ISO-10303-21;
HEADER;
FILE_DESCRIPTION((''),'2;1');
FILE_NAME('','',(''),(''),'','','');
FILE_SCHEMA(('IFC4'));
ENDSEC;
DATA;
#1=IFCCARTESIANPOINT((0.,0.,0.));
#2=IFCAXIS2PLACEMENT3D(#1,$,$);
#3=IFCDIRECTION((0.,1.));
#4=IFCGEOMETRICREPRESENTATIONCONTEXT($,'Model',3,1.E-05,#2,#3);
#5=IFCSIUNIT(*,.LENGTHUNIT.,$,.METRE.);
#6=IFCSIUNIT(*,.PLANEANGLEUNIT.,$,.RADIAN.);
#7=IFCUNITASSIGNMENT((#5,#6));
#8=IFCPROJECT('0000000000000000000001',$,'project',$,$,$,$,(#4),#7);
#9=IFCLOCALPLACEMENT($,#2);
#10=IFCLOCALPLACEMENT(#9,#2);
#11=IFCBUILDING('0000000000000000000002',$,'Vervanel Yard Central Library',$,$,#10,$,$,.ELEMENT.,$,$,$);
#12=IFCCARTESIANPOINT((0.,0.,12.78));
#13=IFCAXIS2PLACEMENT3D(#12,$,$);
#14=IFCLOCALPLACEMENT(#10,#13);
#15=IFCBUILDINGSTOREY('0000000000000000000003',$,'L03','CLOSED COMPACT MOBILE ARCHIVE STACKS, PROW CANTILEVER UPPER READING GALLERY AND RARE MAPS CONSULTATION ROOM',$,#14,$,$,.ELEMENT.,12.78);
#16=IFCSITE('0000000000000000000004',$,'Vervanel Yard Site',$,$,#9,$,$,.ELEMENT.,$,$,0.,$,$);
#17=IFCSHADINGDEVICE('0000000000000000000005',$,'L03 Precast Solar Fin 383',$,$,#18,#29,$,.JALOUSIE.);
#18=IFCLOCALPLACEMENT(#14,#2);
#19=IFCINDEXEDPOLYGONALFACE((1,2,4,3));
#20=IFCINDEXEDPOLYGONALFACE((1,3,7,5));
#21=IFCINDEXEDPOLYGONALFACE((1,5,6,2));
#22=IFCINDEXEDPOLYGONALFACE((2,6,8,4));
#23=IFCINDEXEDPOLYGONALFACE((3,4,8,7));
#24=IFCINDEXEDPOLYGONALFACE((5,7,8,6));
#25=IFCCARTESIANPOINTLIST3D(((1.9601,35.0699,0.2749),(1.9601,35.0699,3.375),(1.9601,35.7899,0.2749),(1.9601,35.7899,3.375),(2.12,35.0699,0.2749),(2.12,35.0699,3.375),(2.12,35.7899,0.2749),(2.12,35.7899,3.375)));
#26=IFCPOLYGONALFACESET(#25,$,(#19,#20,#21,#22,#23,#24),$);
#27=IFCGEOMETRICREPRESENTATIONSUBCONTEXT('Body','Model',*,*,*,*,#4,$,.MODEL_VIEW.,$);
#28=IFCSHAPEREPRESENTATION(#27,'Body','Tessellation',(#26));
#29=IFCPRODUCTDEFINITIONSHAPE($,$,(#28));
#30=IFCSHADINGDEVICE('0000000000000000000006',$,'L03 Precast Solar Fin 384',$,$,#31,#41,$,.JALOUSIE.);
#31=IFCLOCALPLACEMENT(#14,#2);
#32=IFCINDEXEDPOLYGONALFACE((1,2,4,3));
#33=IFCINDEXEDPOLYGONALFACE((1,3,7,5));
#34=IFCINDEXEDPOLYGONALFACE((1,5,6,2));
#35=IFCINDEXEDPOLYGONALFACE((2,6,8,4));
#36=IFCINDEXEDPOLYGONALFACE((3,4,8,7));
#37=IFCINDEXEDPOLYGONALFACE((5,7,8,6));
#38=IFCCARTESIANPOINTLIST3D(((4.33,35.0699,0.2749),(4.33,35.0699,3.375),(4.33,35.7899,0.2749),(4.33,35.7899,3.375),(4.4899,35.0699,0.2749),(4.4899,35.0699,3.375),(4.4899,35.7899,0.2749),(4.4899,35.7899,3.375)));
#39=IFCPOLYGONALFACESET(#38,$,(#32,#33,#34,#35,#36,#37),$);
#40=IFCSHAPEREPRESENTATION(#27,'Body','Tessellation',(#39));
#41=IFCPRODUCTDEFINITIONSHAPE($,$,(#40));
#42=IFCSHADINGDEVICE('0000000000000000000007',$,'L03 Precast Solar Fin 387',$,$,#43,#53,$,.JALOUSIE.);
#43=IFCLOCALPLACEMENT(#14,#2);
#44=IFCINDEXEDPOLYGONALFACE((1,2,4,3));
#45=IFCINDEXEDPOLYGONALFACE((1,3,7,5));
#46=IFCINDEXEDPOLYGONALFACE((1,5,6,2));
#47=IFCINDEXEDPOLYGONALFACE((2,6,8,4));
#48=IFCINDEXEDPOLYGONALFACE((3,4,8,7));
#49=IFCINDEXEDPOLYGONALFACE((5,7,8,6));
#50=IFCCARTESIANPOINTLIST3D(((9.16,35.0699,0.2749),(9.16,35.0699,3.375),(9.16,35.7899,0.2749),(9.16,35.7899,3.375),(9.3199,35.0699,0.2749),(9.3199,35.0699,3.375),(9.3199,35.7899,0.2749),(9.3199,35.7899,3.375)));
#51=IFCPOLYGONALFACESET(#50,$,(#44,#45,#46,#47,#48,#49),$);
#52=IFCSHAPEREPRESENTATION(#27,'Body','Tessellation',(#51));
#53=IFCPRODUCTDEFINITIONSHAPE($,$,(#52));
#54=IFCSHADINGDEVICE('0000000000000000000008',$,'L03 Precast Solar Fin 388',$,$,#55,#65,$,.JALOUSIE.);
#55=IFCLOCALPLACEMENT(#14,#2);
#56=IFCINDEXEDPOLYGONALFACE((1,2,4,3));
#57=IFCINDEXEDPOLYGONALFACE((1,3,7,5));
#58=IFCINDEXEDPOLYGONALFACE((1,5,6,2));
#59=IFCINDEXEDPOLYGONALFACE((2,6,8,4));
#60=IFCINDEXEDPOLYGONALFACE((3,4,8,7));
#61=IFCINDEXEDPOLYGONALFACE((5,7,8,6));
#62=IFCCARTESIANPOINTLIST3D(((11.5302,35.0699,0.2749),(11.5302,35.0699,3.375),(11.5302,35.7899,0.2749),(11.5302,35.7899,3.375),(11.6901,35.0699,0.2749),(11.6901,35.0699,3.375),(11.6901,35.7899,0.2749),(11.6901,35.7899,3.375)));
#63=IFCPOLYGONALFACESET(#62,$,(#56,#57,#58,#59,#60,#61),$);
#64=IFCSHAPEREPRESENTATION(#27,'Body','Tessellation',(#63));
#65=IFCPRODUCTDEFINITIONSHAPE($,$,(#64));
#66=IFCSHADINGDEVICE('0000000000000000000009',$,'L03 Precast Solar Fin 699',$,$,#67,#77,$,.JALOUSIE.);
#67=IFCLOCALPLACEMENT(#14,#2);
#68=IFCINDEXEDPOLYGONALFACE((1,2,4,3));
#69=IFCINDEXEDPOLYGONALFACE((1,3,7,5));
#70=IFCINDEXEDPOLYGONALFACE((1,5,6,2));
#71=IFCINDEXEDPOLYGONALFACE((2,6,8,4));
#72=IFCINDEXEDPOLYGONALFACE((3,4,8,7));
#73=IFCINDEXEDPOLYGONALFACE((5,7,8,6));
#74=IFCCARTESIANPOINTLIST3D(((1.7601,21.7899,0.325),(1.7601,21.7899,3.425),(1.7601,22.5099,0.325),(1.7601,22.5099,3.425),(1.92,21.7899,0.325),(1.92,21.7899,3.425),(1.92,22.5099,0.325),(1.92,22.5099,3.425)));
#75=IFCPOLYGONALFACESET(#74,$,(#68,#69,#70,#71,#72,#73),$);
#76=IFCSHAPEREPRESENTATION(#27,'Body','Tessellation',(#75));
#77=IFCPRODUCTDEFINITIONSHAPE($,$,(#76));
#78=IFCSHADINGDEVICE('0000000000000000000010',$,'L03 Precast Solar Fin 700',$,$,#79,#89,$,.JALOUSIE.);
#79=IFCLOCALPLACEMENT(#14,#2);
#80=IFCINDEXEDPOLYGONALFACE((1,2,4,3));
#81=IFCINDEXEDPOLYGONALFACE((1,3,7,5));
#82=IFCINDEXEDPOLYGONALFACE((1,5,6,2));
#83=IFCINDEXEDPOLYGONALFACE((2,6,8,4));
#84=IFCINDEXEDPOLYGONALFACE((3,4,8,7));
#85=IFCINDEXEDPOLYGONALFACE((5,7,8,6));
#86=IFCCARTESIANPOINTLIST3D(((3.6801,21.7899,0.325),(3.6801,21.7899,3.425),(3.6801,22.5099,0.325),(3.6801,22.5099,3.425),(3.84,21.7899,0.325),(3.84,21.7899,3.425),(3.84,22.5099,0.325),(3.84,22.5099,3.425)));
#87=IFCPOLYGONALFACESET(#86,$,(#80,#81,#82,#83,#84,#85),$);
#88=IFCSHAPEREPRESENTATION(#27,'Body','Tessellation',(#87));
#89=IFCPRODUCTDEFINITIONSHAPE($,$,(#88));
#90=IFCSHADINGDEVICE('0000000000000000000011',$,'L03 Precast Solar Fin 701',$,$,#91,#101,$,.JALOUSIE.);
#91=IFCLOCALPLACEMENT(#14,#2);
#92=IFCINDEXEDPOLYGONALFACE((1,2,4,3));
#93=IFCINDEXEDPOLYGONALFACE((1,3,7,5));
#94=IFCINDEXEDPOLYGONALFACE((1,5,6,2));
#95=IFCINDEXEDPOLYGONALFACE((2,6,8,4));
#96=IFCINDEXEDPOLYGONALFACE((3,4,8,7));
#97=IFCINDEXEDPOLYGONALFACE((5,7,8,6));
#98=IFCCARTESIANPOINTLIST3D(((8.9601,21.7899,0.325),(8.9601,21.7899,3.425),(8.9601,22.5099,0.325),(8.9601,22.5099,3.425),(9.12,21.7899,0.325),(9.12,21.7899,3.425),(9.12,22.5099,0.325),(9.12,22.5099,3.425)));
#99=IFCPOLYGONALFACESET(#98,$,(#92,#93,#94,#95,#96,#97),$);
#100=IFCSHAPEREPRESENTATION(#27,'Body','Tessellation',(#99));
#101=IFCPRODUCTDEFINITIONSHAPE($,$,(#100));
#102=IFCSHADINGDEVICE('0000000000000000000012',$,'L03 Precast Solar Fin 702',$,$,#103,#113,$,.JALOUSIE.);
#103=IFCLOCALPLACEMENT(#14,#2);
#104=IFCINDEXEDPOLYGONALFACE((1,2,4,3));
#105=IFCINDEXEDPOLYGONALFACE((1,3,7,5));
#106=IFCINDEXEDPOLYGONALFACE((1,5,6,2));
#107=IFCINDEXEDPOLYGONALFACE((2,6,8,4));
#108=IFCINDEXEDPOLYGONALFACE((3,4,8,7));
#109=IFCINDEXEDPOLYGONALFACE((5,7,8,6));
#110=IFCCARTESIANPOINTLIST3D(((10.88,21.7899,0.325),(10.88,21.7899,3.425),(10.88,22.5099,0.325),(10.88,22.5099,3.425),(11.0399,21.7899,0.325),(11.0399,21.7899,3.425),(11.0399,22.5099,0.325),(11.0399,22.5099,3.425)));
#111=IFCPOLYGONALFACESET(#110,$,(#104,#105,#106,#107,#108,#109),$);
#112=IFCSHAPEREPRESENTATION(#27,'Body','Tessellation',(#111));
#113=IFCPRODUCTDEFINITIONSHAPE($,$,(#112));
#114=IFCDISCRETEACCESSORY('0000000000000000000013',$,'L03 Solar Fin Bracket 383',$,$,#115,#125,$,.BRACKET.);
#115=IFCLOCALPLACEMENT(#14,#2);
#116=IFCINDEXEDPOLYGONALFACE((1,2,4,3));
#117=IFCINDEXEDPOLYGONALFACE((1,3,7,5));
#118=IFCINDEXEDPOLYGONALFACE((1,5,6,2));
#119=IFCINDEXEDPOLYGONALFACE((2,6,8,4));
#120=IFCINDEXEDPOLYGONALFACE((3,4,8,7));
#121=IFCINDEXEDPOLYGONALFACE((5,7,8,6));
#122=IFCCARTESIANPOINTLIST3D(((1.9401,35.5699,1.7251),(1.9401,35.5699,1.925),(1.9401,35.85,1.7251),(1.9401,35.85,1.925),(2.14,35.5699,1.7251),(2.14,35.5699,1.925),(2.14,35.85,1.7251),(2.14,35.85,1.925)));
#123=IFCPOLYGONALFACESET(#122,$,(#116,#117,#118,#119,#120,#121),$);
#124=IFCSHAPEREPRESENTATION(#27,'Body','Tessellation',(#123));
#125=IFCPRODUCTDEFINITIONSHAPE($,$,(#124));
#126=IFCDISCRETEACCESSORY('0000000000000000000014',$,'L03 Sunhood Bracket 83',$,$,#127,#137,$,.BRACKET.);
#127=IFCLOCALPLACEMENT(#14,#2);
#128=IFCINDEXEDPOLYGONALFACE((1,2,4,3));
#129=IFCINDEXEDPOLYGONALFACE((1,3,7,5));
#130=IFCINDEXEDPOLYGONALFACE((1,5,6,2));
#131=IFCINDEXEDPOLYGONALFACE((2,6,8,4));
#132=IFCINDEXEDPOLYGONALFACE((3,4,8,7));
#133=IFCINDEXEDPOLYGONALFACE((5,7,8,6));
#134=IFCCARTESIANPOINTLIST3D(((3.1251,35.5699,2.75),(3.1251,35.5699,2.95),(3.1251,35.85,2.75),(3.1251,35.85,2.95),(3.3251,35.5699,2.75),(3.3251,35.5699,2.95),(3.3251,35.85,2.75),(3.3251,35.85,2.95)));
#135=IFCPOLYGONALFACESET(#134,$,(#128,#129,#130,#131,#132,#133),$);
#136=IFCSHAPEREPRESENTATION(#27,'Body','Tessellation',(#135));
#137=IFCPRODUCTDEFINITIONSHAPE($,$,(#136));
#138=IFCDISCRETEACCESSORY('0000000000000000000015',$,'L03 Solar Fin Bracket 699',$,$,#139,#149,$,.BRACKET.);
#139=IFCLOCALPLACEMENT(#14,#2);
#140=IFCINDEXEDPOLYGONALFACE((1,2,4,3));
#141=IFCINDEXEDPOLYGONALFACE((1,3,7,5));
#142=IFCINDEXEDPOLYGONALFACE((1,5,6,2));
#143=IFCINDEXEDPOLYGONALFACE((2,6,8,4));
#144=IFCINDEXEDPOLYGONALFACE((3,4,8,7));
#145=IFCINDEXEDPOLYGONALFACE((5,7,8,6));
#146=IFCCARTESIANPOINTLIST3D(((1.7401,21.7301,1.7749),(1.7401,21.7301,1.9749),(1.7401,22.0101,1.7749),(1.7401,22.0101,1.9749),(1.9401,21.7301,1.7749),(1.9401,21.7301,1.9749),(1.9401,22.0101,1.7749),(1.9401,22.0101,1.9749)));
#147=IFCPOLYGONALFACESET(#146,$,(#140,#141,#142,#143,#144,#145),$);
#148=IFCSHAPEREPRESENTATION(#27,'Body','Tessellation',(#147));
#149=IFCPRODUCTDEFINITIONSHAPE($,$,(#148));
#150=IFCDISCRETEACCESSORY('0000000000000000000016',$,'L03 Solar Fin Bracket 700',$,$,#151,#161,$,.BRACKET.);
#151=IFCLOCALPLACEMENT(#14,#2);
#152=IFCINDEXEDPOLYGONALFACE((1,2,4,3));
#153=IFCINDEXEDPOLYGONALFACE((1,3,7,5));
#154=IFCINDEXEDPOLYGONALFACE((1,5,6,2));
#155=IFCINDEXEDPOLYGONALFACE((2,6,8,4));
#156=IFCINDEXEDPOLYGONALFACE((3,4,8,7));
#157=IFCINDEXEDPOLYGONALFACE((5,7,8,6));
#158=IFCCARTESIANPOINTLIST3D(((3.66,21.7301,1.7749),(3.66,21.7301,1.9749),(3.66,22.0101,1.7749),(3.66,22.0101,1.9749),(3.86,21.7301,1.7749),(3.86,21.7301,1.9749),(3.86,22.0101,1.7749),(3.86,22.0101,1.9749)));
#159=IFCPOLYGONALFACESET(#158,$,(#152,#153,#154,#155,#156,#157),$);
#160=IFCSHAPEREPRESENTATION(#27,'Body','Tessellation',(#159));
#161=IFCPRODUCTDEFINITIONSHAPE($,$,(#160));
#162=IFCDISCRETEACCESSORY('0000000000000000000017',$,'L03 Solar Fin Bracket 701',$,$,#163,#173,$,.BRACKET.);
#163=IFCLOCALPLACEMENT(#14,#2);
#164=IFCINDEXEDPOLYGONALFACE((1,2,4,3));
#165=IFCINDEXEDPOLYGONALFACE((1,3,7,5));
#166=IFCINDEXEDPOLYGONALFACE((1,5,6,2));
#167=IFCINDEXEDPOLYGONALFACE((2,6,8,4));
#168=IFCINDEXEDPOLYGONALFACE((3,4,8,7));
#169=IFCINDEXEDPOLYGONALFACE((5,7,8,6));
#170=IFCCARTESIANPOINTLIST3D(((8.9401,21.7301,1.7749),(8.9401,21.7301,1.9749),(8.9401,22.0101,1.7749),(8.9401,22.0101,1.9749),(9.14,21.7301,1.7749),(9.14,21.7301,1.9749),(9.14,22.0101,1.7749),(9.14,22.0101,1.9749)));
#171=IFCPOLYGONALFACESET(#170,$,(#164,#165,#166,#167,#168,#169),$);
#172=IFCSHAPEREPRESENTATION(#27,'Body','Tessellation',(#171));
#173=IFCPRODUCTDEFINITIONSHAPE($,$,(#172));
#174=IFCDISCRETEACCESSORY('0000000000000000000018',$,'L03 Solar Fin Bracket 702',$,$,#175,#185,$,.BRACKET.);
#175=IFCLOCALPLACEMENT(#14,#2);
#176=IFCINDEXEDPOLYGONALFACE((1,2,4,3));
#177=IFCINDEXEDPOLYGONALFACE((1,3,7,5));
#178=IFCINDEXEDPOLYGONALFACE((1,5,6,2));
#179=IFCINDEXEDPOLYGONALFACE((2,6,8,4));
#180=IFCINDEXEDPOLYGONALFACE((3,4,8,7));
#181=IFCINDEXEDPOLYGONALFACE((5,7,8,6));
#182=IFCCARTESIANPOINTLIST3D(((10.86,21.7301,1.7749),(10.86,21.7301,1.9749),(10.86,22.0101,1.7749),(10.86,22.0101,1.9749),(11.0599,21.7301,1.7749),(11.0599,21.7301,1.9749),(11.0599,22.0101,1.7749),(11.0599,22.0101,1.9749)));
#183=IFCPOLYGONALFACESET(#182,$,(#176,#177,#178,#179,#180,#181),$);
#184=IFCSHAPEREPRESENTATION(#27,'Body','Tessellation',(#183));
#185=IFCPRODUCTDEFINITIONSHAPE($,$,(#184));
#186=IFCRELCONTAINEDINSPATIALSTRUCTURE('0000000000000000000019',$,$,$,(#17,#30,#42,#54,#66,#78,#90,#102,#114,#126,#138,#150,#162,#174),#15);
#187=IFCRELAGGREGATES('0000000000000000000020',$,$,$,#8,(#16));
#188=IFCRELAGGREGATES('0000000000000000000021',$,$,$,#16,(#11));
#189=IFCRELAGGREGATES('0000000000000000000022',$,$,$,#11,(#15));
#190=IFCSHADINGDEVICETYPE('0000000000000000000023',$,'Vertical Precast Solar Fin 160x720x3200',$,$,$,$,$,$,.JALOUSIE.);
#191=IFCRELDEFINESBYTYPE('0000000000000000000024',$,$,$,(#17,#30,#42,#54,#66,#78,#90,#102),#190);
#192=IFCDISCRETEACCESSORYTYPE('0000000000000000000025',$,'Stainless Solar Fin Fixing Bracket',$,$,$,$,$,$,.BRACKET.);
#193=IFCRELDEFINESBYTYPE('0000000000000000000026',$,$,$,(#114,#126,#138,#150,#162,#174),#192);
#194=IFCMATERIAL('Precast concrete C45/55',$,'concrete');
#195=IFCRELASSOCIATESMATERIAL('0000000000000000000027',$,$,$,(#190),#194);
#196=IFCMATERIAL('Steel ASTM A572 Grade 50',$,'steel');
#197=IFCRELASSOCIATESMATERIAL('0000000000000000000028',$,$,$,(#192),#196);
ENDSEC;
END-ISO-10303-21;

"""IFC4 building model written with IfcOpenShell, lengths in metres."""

from ifc_helpers import new_model, si_unit, direction, frame, origin, origin_2d, place, context, subcontext, project, spatial, rectangle, extrude, material, type_object, element, save


model = new_model("IFC4")

# Units and contexts
model_context = context("Model", 3, precision=1e-05, world=origin(), true_north=direction((0.0, 1.0)))
body_context = subcontext(model_context, "Body", "Model", "MODEL_VIEW")
ifc_project = project(units=[si_unit("LENGTHUNIT", "METRE"), si_unit("PLANEANGLEUNIT", "RADIAN")], contexts=[model_context])

# Site, building, storey
site_placement = place(None, origin())
site = spatial("IfcSite", under=ifc_project, at=site_placement, Name="Vervanel Yard Site", CompositionType="ELEMENT", RefElevation=0.0)
building_placement = place(site_placement, origin())
building = spatial("IfcBuilding", under=site, at=building_placement, Name="Vervanel Yard Central Library", CompositionType="ELEMENT")
storey_placement = place(building_placement, frame((0.0, 0.0, 12.78)))
storey = spatial("IfcBuildingStorey", under=building, at=storey_placement, Name="L03", Description="CLOSED COMPACT MOBILE ARCHIVE STACKS, PROW CANTILEVER UPPER READING GALLERY AND RARE MAPS CONSULTATION ROOM", CompositionType="ELEMENT", Elevation=12.78)

# Shared definitions
ifc_material_1 = material(Name="Precast concrete C45/55", Category="concrete")

# Shading devices
shading_device_type_1 = type_object("IfcShadingDeviceType", Name="Vertical Precast Solar Fin 160x720x3200", PredefinedType="JALOUSIE", material=ifc_material_1)
for number, where, z_axis, x_axis, name in (
    (1, (2.04, 35.4299, 0.2749), (0.0, 0.0, 1.0), (1.0, 0.0, 0.0), "L03 Precast Solar Fin 383"),
    (2, (4.4099, 35.4299, 0.2749), (0.0, 0.0, 1.0), (1.0, 0.0, 0.0), "L03 Precast Solar Fin 384"),
    (3, (9.24, 35.4299, 0.2749), (0.0, 0.0, 1.0), (1.0, 0.0, 0.0), "L03 Precast Solar Fin 387"),
    (4, (11.6101, 35.4299, 0.2749), (0.0, 0.0, 1.0), (1.0, 0.0, 0.0), "L03 Precast Solar Fin 388"),
    (5, (1.8401, 22.1499, 0.325), (0.0, 0.0, 1.0), (1.0, 0.0, 0.0), "L03 Precast Solar Fin 699"),
    (6, (3.76, 22.1499, 0.325), (0.0, 0.0, 1.0), (1.0, 0.0, 0.0), "L03 Precast Solar Fin 700"),
    (7, (9.04, 22.1499, 0.325), (0.0, 0.0, 1.0), (1.0, 0.0, 0.0), "L03 Precast Solar Fin 701"),
    (8, (10.96, 22.1499, 0.325), (0.0, 0.0, 1.0), (1.0, 0.0, 0.0), "L03 Precast Solar Fin 702"),
):
    element("IfcShadingDevice", number, at=place(storey_placement, frame(where, z_axis=z_axis, x_axis=x_axis)), inside=storey, type_object=shading_device_type_1, Name=name, PredefinedType="JALOUSIE", context=body_context, shape_type="SweptSolid", body=[
        extrude(rectangle(XDim=0.1599, YDim=0.72, at=origin_2d()), origin(), (0.0, 0.0, 1.0), 3.1001),
    ])

# Discrete accessories
ifc_material_2 = material(Name="Steel ASTM A572 Grade 50", Category="steel")
discrete_accessory_type = type_object("IfcDiscreteAccessoryType", Name="Stainless Solar Fin Fixing Bracket", PredefinedType="BRACKET", material=ifc_material_2)
for number, where, z_axis, x_axis, name in (
    (9, (2.04, 35.71, 1.7251), (0.0, 0.0, 1.0), (1.0, 0.0, 0.0), "L03 Solar Fin Bracket 383"),
    (10, (3.2251, 35.71, 2.75), (0.0, 0.0, 1.0), (1.0, 0.0, 0.0), "L03 Sunhood Bracket 83"),
    (11, (1.8401, 21.8701, 1.7749), (0.0, 0.0, 1.0), (1.0, 0.0, 0.0), "L03 Solar Fin Bracket 699"),
    (12, (3.76, 21.8701, 1.7749), (0.0, 0.0, 1.0), (1.0, 0.0, 0.0), "L03 Solar Fin Bracket 700"),
    (13, (9.04, 21.8701, 1.7749), (0.0, 0.0, 1.0), (1.0, 0.0, 0.0), "L03 Solar Fin Bracket 701"),
    (14, (10.96, 21.8701, 1.7749), (0.0, 0.0, 1.0), (1.0, 0.0, 0.0), "L03 Solar Fin Bracket 702"),
):
    element("IfcDiscreteAccessory", number, at=place(storey_placement, frame(where, z_axis=z_axis, x_axis=x_axis)), inside=storey, type_object=discrete_accessory_type, Name=name, PredefinedType="BRACKET", context=body_context, shape_type="SweptSolid", body=[
        extrude(rectangle(XDim=0.2, YDim=0.28, at=origin_2d()), origin(), (0.0, 0.0, 1.0), 0.2),
    ])

save(model, "model.ifc")
